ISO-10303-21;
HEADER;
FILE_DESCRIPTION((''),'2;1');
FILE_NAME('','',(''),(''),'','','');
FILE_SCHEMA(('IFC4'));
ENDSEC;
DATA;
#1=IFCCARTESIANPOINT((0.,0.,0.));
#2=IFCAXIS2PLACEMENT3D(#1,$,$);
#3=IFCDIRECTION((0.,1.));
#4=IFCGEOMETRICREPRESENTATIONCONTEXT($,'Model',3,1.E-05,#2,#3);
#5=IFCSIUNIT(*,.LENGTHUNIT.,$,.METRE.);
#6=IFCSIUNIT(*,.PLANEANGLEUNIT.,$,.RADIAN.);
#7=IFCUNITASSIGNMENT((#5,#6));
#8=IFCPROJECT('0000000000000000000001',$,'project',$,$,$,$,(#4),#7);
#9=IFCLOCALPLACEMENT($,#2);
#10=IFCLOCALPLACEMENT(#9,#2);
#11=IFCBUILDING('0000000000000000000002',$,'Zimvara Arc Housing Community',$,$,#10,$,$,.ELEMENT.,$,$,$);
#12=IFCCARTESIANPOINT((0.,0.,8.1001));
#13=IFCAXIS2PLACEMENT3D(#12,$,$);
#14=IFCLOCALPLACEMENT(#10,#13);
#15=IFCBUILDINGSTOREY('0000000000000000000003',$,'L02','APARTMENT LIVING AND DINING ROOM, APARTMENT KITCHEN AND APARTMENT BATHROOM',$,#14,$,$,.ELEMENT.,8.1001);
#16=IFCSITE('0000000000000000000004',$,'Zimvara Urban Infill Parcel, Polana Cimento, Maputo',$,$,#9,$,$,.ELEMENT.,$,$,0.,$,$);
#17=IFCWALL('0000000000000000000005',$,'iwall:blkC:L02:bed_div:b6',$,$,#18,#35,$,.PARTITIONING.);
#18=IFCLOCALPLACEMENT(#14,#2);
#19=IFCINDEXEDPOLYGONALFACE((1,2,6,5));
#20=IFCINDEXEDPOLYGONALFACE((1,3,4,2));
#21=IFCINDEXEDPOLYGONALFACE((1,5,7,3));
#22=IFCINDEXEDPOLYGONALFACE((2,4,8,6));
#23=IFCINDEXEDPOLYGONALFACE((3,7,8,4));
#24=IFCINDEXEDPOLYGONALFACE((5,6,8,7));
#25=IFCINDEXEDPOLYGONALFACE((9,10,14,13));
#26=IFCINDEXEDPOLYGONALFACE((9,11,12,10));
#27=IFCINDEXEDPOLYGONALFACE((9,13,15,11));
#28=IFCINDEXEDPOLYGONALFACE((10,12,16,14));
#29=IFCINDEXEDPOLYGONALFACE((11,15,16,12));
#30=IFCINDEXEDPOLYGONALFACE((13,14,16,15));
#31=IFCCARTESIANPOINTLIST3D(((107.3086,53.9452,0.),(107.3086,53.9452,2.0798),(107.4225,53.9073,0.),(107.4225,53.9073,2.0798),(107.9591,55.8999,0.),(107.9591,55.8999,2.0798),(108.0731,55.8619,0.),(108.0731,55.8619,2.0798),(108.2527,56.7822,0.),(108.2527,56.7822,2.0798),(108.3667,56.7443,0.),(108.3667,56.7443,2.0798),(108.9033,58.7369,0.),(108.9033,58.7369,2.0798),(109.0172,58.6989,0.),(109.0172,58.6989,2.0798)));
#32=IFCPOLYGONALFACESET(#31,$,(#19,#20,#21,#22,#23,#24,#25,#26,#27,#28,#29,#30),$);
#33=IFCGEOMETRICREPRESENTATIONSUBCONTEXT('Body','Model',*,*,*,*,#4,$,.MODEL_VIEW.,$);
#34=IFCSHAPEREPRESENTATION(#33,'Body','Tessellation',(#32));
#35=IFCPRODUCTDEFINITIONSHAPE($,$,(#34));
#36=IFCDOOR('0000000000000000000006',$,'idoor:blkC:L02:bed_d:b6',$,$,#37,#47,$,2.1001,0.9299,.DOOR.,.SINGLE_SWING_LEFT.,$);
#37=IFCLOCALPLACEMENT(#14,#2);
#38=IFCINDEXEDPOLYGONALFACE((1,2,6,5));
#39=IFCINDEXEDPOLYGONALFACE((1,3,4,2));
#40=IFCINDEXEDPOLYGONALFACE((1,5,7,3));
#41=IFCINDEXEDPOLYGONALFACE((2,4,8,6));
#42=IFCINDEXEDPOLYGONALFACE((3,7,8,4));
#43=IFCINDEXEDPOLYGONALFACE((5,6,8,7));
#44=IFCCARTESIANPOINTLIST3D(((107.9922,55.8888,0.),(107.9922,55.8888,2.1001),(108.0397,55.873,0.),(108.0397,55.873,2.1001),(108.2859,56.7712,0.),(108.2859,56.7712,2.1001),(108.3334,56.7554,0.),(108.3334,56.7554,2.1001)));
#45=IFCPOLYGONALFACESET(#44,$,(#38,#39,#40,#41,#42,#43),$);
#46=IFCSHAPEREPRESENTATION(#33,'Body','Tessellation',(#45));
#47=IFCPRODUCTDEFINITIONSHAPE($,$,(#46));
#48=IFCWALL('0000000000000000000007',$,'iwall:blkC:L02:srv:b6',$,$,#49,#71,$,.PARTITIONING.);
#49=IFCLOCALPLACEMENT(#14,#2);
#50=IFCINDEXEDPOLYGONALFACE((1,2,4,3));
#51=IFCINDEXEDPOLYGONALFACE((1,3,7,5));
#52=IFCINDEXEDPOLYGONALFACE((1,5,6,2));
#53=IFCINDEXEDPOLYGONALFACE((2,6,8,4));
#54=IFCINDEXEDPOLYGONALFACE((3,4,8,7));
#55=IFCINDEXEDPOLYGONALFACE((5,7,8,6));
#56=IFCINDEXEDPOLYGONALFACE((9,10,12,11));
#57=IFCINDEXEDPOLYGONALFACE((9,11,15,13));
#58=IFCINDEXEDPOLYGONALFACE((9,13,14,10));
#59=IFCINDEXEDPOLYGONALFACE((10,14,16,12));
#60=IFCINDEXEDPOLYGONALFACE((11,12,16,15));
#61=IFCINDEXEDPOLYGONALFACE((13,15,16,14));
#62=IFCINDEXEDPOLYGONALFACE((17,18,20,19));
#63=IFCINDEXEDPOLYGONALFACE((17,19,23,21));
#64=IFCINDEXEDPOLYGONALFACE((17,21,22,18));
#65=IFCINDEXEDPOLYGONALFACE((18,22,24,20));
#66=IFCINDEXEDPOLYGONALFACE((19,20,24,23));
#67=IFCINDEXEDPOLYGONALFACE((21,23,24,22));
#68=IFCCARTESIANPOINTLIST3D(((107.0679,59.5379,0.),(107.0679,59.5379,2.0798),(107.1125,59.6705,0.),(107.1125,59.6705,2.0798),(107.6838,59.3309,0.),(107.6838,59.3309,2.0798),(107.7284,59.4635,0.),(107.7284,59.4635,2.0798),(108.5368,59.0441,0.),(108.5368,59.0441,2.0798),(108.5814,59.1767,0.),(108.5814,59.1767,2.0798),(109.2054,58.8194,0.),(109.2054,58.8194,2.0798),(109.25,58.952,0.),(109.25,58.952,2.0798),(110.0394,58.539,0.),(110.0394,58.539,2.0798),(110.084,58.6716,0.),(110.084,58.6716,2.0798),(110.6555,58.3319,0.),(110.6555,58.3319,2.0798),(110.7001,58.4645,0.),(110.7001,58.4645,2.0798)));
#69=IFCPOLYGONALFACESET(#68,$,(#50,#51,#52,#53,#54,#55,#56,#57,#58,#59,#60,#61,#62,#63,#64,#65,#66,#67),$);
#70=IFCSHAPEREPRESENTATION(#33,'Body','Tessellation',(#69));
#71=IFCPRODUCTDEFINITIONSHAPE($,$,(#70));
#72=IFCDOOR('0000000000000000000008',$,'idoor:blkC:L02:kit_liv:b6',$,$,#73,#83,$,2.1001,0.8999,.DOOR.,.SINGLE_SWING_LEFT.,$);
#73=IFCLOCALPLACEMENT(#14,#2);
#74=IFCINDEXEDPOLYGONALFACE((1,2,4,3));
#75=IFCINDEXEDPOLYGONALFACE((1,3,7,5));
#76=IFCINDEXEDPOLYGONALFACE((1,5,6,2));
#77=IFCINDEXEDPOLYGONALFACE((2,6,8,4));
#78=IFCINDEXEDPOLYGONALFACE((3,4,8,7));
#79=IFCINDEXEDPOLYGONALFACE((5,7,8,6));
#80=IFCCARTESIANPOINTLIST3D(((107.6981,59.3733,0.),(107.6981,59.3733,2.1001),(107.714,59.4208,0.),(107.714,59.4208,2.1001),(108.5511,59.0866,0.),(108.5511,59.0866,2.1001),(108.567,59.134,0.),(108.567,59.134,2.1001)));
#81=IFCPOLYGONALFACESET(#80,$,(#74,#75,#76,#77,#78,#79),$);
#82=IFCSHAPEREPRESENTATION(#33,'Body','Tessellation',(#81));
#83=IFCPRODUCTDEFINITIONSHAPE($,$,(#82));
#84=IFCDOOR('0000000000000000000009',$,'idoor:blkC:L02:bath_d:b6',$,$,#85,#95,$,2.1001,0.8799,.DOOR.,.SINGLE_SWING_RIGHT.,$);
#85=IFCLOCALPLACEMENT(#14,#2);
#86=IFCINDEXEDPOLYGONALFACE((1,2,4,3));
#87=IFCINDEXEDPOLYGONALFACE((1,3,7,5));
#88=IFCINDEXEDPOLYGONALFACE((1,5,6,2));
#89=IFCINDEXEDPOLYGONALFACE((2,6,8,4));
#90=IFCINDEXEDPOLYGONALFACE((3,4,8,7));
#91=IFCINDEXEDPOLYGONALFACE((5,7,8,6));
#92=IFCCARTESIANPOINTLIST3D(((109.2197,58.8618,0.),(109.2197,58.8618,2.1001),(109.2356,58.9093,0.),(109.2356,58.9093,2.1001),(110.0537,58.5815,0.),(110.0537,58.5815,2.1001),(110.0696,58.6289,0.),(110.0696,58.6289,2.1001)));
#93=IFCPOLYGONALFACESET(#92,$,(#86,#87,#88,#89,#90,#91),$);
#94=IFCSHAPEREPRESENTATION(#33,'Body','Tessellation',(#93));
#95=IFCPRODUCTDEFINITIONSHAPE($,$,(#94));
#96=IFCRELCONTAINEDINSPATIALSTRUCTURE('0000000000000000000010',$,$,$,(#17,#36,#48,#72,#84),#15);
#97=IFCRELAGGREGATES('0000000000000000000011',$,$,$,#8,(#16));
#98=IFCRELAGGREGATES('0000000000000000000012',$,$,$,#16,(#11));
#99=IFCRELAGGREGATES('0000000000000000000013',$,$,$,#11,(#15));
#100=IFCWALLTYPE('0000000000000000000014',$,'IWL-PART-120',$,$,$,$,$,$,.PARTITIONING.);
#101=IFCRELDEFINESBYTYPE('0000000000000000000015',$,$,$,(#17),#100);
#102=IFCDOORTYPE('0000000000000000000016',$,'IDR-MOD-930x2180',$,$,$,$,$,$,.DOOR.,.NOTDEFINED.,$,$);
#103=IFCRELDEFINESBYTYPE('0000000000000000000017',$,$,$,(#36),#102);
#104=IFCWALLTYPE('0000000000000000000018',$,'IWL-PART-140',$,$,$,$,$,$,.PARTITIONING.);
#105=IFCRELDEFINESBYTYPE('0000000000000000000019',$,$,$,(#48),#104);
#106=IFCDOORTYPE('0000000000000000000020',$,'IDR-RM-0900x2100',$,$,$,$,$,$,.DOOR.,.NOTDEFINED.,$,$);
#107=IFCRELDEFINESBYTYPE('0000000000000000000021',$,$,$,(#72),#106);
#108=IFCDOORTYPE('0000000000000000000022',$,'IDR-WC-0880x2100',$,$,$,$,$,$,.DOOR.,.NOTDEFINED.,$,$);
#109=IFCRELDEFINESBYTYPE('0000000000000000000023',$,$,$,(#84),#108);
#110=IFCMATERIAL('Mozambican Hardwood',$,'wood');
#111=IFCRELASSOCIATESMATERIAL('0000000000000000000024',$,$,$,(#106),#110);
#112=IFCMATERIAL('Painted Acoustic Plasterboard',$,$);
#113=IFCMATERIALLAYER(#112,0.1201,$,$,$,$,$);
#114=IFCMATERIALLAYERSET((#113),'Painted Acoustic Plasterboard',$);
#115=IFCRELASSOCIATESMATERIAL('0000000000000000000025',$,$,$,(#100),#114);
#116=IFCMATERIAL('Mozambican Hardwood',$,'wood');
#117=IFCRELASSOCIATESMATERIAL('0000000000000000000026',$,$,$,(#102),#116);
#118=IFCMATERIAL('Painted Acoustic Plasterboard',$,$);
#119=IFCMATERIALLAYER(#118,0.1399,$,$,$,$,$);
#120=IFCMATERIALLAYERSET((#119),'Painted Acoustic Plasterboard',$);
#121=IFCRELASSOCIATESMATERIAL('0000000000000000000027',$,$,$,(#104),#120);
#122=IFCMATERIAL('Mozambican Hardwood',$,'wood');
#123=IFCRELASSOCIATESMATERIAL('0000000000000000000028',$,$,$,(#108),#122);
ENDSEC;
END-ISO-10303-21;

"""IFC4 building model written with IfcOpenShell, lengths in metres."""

from ifc_helpers import new_model, si_unit, direction, frame, frame_2d, origin, place, context, subcontext, project, spatial, rectangle, extrude, material, layer, layer_set, type_object, element, fill, save


model = new_model("IFC4")

# Units and contexts
model_context = context("Model", 3, precision=1e-05, world=origin(), true_north=direction((0.0, 1.0)))
body_context = subcontext(model_context, "Body", "Model", "MODEL_VIEW")
ifc_project = project(units=[si_unit("LENGTHUNIT", "METRE"), si_unit("PLANEANGLEUNIT", "RADIAN")], contexts=[model_context])

# Site, building, storey
site_placement = place(None, origin())
site = spatial("IfcSite", under=ifc_project, at=site_placement, Name="Zimvara Urban Infill Parcel, Polana Cimento, Maputo", CompositionType="ELEMENT", RefElevation=0.0)
building_placement = place(site_placement, origin())
building = spatial("IfcBuilding", under=site, at=building_placement, Name="Zimvara Arc Housing Community", CompositionType="ELEMENT")
storey_placement = place(building_placement, frame((0.0, 0.0, 8.1001)))
storey = spatial("IfcBuildingStorey", under=building, at=storey_placement, Name="L02", Description="APARTMENT LIVING AND DINING ROOM, APARTMENT KITCHEN AND APARTMENT BATHROOM", CompositionType="ELEMENT", Elevation=8.1001)

# Shared definitions
ifc_material_1 = material(Name="Mozambican Hardwood", Category="wood")
door_type_1 = type_object("IfcDoorType", Name="IDR-RM-0900x2100", OperationType="NOTDEFINED", PredefinedType="DOOR", material=ifc_material_1)

# Wall, opening, door
ifc_material_2 = material(Name="Painted Acoustic Plasterboard")
ifc_layer_1 = layer(ifc_material_2, 0.1201)
ifc_layer_set_1 = layer_set([ifc_layer_1], Name="Painted Acoustic Plasterboard")
wall_type_1 = type_object("IfcWallType", Name="IWL-PART-120", PredefinedType="PARTITIONING", material=ifc_layer_set_1)
wall_1_placement = place(storey_placement, frame((108.9602, 58.7178, 0.0), z_axis=(0.0, 0.0, 1.0), x_axis=(-0.315778, -0.948833, 0.0)))
wall_1 = element("IfcWall", 1, at=wall_1_placement, inside=storey, type_object=wall_type_1, Name="iwall:blkC:L02:bed_div:b6", PredefinedType="PARTITIONING", context=body_context, shape_type="SweptSolid", body=[
    extrude(rectangle(XDim=5.05, YDim=0.1201, at=frame_2d((2.5249, 0.0))), origin(), (0.0, 0.0, 1.0), 2.0798),
])
opening_1_placement = place(wall_1_placement, frame((2.0601, 0.0, 0.0)))
opening_1 = element("IfcOpeningElement", 2, at=opening_1_placement, cuts=wall_1, PredefinedType="OPENING", context=body_context, shape_type="SweptSolid", body=[
    extrude(rectangle(XDim=0.9299, YDim=2.1001, at=frame_2d((0.4648, 1.05))), frame((0.0, 0.0701, 0.0), z_axis=(0.0, -1.0, 0.0), x_axis=(1.0, 0.0, 0.0)), (0.0, 0.0, 1.0), 0.1401),
])
ifc_material_3 = material(Name="Mozambican Hardwood", Category="wood")
door_type_2 = type_object("IfcDoorType", Name="IDR-MOD-930x2180", OperationType="NOTDEFINED", PredefinedType="DOOR", material=ifc_material_3)
door_1_placement = place(opening_1_placement, origin())
door_1 = element("IfcDoor", 3, at=door_1_placement, inside=storey, type_object=door_type_2, Name="idoor:blkC:L02:bed_d:b6", OperationType="SINGLE_SWING_LEFT", OverallHeight=2.1001, OverallWidth=0.9299, PredefinedType="DOOR", context=body_context, shape_type="SweptSolid", body=[
    extrude(rectangle(XDim=0.9299, YDim=2.1001, at=frame_2d((0.4648, 1.05))), frame((0.0, 0.0249, 0.0), z_axis=(0.0, -1.0, 0.0), x_axis=(1.0, 0.0, 0.0)), (0.0, 0.0, 1.0), 0.05),
])
fill(opening_1, door_1)

# Wall, openings, doors
ifc_material_4 = material(Name="Painted Acoustic Plasterboard")
ifc_layer_2 = layer(ifc_material_4, 0.1399)
ifc_layer_set_2 = layer_set([ifc_layer_2], Name="Painted Acoustic Plasterboard")
wall_type_2 = type_object("IfcWallType", Name="IWL-PART-140", PredefinedType="PARTITIONING", material=ifc_layer_set_2)
wall_2_placement = place(storey_placement, frame((107.0901, 59.6042, 0.0), z_axis=(0.0, 0.0, 1.0), x_axis=(0.947874, -0.318646, 0.0)))
wall_2 = element("IfcWall", 4, at=wall_2_placement, inside=storey, type_object=wall_type_2, Name="iwall:blkC:L02:srv:b6", PredefinedType="PARTITIONING", context=body_context, shape_type="SweptSolid", body=[
    extrude(rectangle(XDim=3.7849, YDim=0.1399, at=frame_2d((1.8926, 0.0))), origin(), (0.0, 0.0, 1.0), 2.0798),
])
opening_2_placement = place(wall_2_placement, frame((0.6499, 0.0, 0.0)))
opening_2 = element("IfcOpeningElement", 5, at=opening_2_placement, cuts=wall_2, PredefinedType="OPENING", context=body_context, shape_type="SweptSolid", body=[
    extrude(rectangle(XDim=0.8999, YDim=2.1001, at=frame_2d((0.45, 1.05))), frame((0.0, 0.0798, 0.0), z_axis=(0.0, -1.0, 0.0), x_axis=(1.0, 0.0, 0.0)), (0.0, 0.0, 1.0), 0.1599),
])
opening_3_placement = place(wall_2_placement, frame((2.2551, 0.0, 0.0)))
opening_3 = element("IfcOpeningElement", 6, at=opening_3_placement, cuts=wall_2, PredefinedType="OPENING", context=body_context, shape_type="SweptSolid", body=[
    extrude(rectangle(XDim=0.8799, YDim=2.1001, at=frame_2d((0.4399, 1.05))), frame((0.0, 0.0798, 0.0), z_axis=(0.0, -1.0, 0.0), x_axis=(1.0, 0.0, 0.0)), (0.0, 0.0, 1.0), 0.1599),
])
door_2_placement = place(opening_2_placement, origin())
door_2 = element("IfcDoor", 7, at=door_2_placement, inside=storey, type_object=door_type_1, Name="idoor:blkC:L02:kit_liv:b6", OperationType="SINGLE_SWING_LEFT", OverallHeight=2.1001, OverallWidth=0.8999, PredefinedType="DOOR", context=body_context, shape_type="SweptSolid", body=[
    extrude(rectangle(XDim=0.8999, YDim=2.1001, at=frame_2d((0.45, 1.05))), frame((0.0, 0.0249, 0.0), z_axis=(0.0, -1.0, 0.0), x_axis=(1.0, 0.0, 0.0)), (0.0, 0.0, 1.0), 0.05),
])
fill(opening_2, door_2)
ifc_material_5 = material(Name="Mozambican Hardwood", Category="wood")
door_type_3 = type_object("IfcDoorType", Name="IDR-WC-0880x2100", OperationType="NOTDEFINED", PredefinedType="DOOR", material=ifc_material_5)
door_3_placement = place(opening_3_placement, origin())
door_3 = element("IfcDoor", 8, at=door_3_placement, inside=storey, type_object=door_type_3, Name="idoor:blkC:L02:bath_d:b6", OperationType="SINGLE_SWING_RIGHT", OverallHeight=2.1001, OverallWidth=0.8799, PredefinedType="DOOR", context=body_context, shape_type="SweptSolid", body=[
    extrude(rectangle(XDim=0.8799, YDim=2.1001, at=frame_2d((0.4399, 1.05))), frame((0.0, 0.0249, 0.0), z_axis=(0.0, -1.0, 0.0), x_axis=(1.0, 0.0, 0.0)), (0.0, 0.0, 1.0), 0.05),
])
fill(opening_3, door_3)

save(model, "model.ifc")
